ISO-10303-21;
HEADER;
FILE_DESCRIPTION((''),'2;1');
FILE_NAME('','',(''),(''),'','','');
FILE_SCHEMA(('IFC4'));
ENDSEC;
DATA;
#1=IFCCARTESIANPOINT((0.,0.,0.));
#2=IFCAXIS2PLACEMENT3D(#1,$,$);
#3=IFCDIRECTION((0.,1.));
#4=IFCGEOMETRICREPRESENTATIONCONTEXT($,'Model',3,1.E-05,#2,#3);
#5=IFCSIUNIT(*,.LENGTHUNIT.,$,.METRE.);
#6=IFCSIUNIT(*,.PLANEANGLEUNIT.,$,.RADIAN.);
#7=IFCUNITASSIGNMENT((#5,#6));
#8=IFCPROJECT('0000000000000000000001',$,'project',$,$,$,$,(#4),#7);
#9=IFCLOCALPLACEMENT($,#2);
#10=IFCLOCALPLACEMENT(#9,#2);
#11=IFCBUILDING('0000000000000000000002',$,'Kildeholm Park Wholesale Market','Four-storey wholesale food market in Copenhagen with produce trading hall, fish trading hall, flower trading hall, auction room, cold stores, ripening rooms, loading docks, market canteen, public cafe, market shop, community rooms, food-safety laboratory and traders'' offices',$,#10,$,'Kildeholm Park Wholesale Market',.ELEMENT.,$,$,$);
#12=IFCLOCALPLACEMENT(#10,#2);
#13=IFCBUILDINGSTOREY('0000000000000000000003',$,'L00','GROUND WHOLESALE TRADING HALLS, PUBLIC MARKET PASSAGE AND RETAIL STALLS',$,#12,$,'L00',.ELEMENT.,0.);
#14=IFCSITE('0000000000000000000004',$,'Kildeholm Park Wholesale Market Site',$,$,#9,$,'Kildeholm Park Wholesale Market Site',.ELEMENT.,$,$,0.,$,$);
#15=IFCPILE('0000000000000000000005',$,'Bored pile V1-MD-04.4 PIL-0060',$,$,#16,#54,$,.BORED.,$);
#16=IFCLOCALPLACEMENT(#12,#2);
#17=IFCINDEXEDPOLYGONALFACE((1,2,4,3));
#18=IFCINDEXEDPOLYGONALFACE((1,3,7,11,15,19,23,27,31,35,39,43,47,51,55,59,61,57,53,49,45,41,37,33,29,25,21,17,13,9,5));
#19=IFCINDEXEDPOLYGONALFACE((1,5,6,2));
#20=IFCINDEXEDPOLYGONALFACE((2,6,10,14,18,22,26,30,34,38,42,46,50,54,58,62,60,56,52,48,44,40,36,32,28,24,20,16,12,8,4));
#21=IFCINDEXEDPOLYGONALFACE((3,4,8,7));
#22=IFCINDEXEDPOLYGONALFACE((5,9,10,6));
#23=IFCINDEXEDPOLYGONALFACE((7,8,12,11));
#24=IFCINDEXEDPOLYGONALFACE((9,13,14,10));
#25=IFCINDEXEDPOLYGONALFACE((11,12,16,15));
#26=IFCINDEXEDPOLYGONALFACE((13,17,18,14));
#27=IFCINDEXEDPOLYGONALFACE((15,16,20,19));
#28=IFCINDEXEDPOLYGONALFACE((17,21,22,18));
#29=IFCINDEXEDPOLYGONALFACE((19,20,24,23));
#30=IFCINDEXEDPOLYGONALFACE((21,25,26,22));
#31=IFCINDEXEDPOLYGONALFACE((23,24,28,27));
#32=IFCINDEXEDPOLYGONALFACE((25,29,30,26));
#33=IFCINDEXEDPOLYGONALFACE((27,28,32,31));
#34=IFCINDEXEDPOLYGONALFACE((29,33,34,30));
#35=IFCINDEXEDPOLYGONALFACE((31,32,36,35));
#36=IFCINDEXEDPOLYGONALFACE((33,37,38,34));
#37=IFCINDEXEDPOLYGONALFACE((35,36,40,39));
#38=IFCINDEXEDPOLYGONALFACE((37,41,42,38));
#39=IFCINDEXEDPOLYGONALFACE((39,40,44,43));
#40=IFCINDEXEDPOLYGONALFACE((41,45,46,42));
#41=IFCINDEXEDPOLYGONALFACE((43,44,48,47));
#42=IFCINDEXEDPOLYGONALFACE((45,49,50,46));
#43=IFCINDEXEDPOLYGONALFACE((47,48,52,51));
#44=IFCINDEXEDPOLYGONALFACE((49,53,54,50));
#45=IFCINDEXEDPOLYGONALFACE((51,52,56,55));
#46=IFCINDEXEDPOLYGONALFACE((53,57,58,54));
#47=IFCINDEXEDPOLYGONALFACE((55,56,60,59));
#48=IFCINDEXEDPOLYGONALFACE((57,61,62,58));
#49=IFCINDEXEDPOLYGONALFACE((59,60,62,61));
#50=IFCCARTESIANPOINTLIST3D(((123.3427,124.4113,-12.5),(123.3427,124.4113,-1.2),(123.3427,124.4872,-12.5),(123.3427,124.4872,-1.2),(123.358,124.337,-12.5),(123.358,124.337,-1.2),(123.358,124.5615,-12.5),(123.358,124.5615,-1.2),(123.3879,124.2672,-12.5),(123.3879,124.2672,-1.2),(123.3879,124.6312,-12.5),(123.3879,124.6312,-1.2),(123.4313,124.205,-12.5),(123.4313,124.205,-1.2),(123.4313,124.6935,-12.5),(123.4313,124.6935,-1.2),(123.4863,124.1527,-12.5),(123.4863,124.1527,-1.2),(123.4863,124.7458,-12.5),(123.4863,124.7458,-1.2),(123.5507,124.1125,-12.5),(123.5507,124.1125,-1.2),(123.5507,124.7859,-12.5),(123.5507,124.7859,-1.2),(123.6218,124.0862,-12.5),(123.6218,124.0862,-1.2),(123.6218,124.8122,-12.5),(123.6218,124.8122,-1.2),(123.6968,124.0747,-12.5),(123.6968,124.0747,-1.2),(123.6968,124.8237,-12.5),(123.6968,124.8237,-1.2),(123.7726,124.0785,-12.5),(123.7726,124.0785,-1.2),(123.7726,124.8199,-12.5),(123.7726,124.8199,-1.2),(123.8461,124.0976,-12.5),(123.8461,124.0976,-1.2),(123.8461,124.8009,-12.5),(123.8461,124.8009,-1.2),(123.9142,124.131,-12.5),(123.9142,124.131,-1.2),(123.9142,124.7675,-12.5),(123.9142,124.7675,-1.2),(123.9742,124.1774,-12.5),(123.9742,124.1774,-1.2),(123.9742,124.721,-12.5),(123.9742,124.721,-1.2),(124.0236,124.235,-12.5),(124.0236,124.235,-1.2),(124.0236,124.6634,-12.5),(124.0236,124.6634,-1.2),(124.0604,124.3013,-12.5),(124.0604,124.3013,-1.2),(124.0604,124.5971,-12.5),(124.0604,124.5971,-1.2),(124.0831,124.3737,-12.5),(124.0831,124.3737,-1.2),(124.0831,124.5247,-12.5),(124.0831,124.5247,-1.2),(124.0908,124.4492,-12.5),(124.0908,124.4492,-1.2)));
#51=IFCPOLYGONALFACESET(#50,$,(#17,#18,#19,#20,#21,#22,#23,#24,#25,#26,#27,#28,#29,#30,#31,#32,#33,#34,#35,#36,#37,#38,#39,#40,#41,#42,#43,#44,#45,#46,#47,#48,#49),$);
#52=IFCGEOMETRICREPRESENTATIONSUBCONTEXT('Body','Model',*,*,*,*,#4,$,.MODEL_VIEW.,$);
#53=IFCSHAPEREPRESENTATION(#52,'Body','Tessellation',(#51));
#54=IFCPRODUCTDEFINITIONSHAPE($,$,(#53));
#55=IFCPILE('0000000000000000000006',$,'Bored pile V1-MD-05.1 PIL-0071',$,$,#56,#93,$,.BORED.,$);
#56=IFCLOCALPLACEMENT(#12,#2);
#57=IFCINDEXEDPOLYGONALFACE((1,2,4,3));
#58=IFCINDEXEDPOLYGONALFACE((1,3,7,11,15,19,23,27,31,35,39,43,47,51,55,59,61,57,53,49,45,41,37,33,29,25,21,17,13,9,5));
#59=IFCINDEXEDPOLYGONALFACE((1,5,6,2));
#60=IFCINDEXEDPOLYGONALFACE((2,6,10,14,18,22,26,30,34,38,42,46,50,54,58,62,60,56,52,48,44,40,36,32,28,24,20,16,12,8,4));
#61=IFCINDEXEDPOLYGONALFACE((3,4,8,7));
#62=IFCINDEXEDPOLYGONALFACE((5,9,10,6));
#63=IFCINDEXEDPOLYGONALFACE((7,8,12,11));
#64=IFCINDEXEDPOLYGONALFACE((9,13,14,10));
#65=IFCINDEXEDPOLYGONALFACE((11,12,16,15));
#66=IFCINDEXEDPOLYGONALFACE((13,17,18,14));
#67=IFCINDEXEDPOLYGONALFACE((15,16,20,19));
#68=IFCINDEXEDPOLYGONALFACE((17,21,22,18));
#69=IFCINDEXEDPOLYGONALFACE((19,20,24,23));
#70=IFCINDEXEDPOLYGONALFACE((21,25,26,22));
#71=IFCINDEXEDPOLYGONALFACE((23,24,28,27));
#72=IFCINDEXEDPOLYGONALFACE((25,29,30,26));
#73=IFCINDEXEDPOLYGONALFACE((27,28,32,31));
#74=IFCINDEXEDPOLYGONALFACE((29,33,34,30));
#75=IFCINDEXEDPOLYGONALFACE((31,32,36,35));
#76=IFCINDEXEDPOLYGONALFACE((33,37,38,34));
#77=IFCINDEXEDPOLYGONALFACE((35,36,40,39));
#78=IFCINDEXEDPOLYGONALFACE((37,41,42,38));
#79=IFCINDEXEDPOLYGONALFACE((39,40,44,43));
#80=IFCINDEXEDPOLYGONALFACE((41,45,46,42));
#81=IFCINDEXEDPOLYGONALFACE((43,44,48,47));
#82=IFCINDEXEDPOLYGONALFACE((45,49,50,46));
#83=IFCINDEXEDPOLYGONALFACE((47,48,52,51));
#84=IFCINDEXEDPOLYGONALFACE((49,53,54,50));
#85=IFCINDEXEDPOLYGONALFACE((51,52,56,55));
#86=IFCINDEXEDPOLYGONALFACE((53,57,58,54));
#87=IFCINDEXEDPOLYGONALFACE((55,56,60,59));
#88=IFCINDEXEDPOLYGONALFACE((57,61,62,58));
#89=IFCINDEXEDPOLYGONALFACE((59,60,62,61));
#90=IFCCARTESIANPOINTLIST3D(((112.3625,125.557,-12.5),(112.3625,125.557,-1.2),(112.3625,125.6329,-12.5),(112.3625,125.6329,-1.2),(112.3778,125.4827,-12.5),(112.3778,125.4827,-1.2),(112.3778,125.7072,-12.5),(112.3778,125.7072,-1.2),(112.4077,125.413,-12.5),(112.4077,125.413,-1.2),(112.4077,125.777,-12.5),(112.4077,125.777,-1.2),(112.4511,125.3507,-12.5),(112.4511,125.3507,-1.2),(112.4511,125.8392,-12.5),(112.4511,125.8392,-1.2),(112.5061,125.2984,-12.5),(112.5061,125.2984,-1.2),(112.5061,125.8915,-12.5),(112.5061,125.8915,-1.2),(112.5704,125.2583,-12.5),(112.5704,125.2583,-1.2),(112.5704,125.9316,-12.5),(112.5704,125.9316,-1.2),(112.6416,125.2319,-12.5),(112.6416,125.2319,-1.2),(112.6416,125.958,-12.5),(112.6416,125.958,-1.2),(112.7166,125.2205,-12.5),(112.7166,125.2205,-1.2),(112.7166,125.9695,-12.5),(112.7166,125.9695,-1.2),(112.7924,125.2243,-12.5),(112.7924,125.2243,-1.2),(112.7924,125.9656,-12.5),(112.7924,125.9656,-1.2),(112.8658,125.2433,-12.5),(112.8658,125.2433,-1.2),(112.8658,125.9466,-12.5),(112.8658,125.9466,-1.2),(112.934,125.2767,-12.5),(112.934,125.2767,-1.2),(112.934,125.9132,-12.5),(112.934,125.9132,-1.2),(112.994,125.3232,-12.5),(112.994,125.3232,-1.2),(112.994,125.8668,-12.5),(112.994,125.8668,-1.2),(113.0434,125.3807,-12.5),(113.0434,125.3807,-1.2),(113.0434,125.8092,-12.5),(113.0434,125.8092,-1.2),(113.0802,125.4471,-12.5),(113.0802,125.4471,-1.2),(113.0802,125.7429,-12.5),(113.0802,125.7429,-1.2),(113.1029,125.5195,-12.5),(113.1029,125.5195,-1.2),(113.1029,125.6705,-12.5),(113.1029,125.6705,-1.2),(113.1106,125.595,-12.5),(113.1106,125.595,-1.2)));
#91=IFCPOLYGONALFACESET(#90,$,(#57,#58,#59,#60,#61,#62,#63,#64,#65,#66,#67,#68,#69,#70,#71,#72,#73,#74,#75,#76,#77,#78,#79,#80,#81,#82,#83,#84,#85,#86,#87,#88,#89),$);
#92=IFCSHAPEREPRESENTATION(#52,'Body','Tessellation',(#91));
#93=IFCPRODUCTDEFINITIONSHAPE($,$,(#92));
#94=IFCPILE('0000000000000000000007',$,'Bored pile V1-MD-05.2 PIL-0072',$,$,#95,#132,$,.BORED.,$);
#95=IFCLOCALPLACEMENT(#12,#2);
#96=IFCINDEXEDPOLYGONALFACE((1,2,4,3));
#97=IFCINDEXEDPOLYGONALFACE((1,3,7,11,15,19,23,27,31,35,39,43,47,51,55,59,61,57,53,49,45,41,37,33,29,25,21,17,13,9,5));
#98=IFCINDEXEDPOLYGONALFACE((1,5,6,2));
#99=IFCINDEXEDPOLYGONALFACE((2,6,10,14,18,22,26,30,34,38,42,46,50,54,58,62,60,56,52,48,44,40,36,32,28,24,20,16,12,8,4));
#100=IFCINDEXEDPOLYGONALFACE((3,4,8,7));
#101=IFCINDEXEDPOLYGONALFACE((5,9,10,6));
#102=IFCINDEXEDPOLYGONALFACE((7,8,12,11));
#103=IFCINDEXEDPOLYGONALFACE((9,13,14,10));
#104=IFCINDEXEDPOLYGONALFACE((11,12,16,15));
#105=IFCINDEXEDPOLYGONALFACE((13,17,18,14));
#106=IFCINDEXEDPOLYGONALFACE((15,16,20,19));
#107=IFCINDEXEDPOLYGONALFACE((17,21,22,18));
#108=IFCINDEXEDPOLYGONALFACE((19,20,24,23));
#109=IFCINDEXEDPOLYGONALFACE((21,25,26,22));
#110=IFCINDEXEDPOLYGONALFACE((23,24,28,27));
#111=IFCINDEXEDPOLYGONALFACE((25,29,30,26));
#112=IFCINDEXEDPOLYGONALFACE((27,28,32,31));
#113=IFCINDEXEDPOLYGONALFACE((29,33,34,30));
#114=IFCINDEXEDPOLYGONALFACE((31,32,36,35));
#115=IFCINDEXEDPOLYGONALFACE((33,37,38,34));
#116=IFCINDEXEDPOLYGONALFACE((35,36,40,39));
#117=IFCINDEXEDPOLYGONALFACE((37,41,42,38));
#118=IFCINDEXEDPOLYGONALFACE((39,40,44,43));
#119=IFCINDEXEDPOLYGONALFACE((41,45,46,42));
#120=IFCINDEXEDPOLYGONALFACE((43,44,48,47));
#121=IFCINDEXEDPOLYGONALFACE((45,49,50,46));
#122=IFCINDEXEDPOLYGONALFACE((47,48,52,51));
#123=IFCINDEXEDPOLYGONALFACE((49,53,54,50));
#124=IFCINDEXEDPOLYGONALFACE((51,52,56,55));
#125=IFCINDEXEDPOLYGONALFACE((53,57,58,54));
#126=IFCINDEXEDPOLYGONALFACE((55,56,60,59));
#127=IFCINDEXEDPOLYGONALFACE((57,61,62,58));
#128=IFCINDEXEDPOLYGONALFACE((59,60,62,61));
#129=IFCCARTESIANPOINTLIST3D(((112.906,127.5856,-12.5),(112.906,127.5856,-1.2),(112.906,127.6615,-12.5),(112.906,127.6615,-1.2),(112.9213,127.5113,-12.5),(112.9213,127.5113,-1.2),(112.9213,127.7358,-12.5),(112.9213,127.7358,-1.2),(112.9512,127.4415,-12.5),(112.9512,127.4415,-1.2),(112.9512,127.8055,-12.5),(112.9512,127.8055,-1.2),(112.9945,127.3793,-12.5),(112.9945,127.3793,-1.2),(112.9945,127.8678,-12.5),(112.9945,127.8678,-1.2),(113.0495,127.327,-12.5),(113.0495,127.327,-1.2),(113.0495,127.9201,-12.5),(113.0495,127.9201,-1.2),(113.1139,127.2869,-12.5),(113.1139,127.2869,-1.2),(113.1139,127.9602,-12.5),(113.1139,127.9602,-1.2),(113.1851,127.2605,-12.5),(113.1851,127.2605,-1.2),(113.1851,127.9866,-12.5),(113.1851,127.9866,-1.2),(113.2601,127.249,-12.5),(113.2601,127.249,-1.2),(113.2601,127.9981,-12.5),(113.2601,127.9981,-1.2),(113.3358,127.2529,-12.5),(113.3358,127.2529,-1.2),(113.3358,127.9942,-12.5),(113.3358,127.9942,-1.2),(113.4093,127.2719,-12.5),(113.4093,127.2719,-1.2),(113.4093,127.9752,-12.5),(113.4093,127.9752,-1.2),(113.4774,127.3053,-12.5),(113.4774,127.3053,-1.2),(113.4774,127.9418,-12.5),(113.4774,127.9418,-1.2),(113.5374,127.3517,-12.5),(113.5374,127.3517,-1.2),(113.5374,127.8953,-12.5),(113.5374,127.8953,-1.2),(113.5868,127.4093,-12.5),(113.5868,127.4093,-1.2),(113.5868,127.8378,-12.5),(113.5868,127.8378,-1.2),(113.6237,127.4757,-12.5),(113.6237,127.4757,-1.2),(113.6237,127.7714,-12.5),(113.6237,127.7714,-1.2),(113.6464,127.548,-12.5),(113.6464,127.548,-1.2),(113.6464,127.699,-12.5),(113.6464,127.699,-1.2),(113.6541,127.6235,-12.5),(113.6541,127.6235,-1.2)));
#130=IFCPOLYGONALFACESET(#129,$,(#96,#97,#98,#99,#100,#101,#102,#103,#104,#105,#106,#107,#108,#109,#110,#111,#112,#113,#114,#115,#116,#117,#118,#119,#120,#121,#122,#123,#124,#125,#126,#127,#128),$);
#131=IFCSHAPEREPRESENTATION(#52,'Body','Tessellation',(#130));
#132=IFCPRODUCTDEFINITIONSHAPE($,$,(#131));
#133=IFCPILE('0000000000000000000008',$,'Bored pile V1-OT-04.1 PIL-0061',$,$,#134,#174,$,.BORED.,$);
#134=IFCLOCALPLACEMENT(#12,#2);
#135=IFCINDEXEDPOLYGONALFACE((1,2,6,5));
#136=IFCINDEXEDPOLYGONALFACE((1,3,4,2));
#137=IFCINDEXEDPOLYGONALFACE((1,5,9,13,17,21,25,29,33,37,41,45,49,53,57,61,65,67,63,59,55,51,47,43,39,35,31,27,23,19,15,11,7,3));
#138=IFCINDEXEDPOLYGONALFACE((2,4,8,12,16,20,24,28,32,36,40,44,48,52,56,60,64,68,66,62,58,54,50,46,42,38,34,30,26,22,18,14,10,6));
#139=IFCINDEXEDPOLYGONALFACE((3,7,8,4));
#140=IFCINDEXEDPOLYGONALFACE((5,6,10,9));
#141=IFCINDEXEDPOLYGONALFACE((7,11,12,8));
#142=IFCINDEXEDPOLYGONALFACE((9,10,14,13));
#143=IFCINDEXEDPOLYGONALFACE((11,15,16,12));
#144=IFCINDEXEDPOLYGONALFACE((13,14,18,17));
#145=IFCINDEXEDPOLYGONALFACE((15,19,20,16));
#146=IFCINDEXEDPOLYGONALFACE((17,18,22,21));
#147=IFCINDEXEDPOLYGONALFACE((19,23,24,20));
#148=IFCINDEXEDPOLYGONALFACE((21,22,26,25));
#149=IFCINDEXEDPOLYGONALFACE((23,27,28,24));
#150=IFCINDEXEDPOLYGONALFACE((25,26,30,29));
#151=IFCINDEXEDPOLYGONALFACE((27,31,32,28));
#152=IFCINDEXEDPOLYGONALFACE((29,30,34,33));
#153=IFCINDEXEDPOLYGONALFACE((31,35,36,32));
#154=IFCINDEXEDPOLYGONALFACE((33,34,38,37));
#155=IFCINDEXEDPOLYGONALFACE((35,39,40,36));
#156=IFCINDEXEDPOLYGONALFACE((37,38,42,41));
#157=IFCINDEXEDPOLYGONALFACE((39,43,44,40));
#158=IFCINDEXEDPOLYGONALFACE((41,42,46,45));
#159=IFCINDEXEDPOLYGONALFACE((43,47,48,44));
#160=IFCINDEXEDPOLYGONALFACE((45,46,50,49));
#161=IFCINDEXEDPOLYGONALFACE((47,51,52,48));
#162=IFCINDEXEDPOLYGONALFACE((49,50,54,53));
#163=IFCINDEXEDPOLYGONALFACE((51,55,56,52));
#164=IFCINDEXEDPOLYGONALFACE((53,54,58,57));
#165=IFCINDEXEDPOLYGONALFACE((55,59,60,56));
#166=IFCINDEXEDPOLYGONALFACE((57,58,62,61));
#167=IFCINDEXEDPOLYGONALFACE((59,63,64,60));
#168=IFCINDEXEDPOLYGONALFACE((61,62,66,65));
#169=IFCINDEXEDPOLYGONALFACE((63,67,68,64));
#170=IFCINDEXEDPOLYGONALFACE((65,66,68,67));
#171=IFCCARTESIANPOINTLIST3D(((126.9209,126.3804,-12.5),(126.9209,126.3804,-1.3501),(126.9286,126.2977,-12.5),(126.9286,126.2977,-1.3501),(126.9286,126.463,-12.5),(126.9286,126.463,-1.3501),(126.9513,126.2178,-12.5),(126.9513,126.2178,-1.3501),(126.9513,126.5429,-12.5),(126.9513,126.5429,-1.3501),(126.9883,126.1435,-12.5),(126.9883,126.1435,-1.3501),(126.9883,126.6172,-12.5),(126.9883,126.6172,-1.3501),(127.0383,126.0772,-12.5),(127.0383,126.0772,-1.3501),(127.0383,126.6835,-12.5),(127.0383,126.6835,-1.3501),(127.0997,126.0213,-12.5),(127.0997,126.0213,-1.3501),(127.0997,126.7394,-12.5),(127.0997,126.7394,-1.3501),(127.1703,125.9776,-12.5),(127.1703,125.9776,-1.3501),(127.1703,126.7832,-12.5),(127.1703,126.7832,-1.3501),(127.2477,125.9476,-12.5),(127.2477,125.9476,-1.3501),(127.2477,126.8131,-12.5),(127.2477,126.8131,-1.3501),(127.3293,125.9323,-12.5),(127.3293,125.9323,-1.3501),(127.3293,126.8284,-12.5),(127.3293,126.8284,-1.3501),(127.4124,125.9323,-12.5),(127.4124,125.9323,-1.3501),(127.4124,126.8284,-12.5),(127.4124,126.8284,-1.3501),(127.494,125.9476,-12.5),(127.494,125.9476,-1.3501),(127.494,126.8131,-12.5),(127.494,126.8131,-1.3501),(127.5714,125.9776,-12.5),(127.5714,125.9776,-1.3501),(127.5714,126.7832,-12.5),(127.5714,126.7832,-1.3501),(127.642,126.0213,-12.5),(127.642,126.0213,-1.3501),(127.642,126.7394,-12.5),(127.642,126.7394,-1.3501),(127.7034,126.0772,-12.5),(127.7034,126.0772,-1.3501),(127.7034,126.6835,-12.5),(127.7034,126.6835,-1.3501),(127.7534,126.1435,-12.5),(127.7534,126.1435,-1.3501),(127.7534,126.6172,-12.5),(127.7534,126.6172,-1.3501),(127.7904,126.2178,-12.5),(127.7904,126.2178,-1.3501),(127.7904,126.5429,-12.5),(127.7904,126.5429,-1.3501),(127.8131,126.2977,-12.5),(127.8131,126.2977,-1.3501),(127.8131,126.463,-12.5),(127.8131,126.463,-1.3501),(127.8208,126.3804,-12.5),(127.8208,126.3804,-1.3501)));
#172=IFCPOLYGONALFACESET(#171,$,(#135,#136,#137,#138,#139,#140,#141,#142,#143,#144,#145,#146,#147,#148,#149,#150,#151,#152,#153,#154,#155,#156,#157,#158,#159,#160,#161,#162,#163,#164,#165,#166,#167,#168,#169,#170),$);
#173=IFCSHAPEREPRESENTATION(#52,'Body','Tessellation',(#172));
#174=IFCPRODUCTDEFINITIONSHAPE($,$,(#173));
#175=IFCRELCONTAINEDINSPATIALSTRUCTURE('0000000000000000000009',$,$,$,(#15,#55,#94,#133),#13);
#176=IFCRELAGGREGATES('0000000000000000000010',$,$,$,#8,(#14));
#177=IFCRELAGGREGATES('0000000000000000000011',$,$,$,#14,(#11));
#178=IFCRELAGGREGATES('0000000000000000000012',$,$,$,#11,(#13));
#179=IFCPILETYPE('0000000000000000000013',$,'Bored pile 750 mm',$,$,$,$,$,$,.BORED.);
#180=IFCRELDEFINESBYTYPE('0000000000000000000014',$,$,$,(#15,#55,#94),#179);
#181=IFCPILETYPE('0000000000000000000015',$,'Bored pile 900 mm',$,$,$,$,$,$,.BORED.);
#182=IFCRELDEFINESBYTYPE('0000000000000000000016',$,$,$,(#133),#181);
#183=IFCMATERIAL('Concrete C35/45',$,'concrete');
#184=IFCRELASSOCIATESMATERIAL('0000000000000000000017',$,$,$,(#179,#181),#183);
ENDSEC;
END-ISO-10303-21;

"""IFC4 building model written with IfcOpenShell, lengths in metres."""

from ifc_helpers import new_model, si_unit, direction, frame, origin, origin_2d, place, context, subcontext, project, spatial, circle, extrude, material, material_profile, profile_set, type_object, element, save


model = new_model("IFC4")

# Units and contexts
model_context = context("Model", 3, precision=1e-05, world=origin(), true_north=direction((0.0, 1.0)))
body_context = subcontext(model_context, "Body", "Model", "MODEL_VIEW")
ifc_project = project(units=[si_unit("LENGTHUNIT", "METRE"), si_unit("PLANEANGLEUNIT", "RADIAN")], contexts=[model_context])

# Site, building, storey
site_placement = place(None, origin())
site = spatial("IfcSite", under=ifc_project, at=site_placement, Name="Kildeholm Park Wholesale Market Site", LongName="Kildeholm Park Wholesale Market Site", CompositionType="ELEMENT", RefElevation=0.0)
building_placement = place(site_placement, origin())
building = spatial("IfcBuilding", under=site, at=building_placement, Name="Kildeholm Park Wholesale Market", Description="Four-storey wholesale food market in Copenhagen with produce trading hall, fish trading hall, flower trading hall, auction room, cold stores, ripening rooms, loading docks, market canteen, public cafe, market shop, community rooms, food-safety laboratory and traders' offices", LongName="Kildeholm Park Wholesale Market", CompositionType="ELEMENT")
storey_placement = place(building_placement, origin())
storey = spatial("IfcBuildingStorey", under=building, at=storey_placement, Name="L00", Description="GROUND WHOLESALE TRADING HALLS, PUBLIC MARKET PASSAGE AND RETAIL STALLS", LongName="L00", CompositionType="ELEMENT", Elevation=0.0)

# Piles
ifc_material_1 = material(Name="Concrete C35/45", Category="concrete")
ifc_material_profile_1 = material_profile(ifc_material_1, circle(Radius=0.375, at=origin_2d()), Name="PILE D750")
ifc_profile_set_1 = profile_set([ifc_material_profile_1], Name="Concrete C35/45")
pile_type_1 = type_object("IfcPileType", Name="Bored pile 750 mm", PredefinedType="BORED", material=ifc_profile_set_1)
for number, where, z_axis, x_axis, name in (
    (1, (123.7158, 124.4492, -1.2), (0.0, 0.0, -1.0), (1.0, 0.0, 0.0), "Bored pile V1-MD-04.4 PIL-0060"),
    (2, (112.7356, 125.595, -1.2), (0.0, 0.0, -1.0), (1.0, 0.0, 0.0), "Bored pile V1-MD-05.1 PIL-0071"),
    (3, (113.2791, 127.6235, -1.2), (0.0, 0.0, -1.0), (1.0, 0.0, 0.0), "Bored pile V1-MD-05.2 PIL-0072"),
):
    element("IfcPile", number, at=place(storey_placement, frame(where, z_axis=z_axis, x_axis=x_axis)), inside=storey, type_object=pile_type_1, Name=name, PredefinedType="BORED", context=body_context, shape_type="SweptSolid", body=[
        extrude(circle(Radius=0.375, at=origin_2d()), origin(), (0.0, 0.0, 1.0), 11.3),
    ])
ifc_material_profile_2 = material_profile(ifc_material_1, circle(Radius=0.45, at=origin_2d()), Name="PILE D900")
ifc_profile_set_2 = profile_set([ifc_material_profile_2], Name="Concrete C35/45")
pile_type_2 = type_object("IfcPileType", Name="Bored pile 900 mm", PredefinedType="BORED", material=ifc_profile_set_2)
for number, where, z_axis, x_axis, name in (
    (4, (127.3708, 126.3804, -1.3501), (0.0, 0.0, -1.0), (1.0, 0.0, 0.0), "Bored pile V1-OT-04.1 PIL-0061"),
):
    element("IfcPile", number, at=place(storey_placement, frame(where, z_axis=z_axis, x_axis=x_axis)), inside=storey, type_object=pile_type_2, Name=name, PredefinedType="BORED", context=body_context, shape_type="SweptSolid", body=[
        extrude(circle(Radius=0.45, at=origin_2d()), origin(), (0.0, 0.0, 1.0), 11.1499),
    ])

save(model, "model.ifc")
